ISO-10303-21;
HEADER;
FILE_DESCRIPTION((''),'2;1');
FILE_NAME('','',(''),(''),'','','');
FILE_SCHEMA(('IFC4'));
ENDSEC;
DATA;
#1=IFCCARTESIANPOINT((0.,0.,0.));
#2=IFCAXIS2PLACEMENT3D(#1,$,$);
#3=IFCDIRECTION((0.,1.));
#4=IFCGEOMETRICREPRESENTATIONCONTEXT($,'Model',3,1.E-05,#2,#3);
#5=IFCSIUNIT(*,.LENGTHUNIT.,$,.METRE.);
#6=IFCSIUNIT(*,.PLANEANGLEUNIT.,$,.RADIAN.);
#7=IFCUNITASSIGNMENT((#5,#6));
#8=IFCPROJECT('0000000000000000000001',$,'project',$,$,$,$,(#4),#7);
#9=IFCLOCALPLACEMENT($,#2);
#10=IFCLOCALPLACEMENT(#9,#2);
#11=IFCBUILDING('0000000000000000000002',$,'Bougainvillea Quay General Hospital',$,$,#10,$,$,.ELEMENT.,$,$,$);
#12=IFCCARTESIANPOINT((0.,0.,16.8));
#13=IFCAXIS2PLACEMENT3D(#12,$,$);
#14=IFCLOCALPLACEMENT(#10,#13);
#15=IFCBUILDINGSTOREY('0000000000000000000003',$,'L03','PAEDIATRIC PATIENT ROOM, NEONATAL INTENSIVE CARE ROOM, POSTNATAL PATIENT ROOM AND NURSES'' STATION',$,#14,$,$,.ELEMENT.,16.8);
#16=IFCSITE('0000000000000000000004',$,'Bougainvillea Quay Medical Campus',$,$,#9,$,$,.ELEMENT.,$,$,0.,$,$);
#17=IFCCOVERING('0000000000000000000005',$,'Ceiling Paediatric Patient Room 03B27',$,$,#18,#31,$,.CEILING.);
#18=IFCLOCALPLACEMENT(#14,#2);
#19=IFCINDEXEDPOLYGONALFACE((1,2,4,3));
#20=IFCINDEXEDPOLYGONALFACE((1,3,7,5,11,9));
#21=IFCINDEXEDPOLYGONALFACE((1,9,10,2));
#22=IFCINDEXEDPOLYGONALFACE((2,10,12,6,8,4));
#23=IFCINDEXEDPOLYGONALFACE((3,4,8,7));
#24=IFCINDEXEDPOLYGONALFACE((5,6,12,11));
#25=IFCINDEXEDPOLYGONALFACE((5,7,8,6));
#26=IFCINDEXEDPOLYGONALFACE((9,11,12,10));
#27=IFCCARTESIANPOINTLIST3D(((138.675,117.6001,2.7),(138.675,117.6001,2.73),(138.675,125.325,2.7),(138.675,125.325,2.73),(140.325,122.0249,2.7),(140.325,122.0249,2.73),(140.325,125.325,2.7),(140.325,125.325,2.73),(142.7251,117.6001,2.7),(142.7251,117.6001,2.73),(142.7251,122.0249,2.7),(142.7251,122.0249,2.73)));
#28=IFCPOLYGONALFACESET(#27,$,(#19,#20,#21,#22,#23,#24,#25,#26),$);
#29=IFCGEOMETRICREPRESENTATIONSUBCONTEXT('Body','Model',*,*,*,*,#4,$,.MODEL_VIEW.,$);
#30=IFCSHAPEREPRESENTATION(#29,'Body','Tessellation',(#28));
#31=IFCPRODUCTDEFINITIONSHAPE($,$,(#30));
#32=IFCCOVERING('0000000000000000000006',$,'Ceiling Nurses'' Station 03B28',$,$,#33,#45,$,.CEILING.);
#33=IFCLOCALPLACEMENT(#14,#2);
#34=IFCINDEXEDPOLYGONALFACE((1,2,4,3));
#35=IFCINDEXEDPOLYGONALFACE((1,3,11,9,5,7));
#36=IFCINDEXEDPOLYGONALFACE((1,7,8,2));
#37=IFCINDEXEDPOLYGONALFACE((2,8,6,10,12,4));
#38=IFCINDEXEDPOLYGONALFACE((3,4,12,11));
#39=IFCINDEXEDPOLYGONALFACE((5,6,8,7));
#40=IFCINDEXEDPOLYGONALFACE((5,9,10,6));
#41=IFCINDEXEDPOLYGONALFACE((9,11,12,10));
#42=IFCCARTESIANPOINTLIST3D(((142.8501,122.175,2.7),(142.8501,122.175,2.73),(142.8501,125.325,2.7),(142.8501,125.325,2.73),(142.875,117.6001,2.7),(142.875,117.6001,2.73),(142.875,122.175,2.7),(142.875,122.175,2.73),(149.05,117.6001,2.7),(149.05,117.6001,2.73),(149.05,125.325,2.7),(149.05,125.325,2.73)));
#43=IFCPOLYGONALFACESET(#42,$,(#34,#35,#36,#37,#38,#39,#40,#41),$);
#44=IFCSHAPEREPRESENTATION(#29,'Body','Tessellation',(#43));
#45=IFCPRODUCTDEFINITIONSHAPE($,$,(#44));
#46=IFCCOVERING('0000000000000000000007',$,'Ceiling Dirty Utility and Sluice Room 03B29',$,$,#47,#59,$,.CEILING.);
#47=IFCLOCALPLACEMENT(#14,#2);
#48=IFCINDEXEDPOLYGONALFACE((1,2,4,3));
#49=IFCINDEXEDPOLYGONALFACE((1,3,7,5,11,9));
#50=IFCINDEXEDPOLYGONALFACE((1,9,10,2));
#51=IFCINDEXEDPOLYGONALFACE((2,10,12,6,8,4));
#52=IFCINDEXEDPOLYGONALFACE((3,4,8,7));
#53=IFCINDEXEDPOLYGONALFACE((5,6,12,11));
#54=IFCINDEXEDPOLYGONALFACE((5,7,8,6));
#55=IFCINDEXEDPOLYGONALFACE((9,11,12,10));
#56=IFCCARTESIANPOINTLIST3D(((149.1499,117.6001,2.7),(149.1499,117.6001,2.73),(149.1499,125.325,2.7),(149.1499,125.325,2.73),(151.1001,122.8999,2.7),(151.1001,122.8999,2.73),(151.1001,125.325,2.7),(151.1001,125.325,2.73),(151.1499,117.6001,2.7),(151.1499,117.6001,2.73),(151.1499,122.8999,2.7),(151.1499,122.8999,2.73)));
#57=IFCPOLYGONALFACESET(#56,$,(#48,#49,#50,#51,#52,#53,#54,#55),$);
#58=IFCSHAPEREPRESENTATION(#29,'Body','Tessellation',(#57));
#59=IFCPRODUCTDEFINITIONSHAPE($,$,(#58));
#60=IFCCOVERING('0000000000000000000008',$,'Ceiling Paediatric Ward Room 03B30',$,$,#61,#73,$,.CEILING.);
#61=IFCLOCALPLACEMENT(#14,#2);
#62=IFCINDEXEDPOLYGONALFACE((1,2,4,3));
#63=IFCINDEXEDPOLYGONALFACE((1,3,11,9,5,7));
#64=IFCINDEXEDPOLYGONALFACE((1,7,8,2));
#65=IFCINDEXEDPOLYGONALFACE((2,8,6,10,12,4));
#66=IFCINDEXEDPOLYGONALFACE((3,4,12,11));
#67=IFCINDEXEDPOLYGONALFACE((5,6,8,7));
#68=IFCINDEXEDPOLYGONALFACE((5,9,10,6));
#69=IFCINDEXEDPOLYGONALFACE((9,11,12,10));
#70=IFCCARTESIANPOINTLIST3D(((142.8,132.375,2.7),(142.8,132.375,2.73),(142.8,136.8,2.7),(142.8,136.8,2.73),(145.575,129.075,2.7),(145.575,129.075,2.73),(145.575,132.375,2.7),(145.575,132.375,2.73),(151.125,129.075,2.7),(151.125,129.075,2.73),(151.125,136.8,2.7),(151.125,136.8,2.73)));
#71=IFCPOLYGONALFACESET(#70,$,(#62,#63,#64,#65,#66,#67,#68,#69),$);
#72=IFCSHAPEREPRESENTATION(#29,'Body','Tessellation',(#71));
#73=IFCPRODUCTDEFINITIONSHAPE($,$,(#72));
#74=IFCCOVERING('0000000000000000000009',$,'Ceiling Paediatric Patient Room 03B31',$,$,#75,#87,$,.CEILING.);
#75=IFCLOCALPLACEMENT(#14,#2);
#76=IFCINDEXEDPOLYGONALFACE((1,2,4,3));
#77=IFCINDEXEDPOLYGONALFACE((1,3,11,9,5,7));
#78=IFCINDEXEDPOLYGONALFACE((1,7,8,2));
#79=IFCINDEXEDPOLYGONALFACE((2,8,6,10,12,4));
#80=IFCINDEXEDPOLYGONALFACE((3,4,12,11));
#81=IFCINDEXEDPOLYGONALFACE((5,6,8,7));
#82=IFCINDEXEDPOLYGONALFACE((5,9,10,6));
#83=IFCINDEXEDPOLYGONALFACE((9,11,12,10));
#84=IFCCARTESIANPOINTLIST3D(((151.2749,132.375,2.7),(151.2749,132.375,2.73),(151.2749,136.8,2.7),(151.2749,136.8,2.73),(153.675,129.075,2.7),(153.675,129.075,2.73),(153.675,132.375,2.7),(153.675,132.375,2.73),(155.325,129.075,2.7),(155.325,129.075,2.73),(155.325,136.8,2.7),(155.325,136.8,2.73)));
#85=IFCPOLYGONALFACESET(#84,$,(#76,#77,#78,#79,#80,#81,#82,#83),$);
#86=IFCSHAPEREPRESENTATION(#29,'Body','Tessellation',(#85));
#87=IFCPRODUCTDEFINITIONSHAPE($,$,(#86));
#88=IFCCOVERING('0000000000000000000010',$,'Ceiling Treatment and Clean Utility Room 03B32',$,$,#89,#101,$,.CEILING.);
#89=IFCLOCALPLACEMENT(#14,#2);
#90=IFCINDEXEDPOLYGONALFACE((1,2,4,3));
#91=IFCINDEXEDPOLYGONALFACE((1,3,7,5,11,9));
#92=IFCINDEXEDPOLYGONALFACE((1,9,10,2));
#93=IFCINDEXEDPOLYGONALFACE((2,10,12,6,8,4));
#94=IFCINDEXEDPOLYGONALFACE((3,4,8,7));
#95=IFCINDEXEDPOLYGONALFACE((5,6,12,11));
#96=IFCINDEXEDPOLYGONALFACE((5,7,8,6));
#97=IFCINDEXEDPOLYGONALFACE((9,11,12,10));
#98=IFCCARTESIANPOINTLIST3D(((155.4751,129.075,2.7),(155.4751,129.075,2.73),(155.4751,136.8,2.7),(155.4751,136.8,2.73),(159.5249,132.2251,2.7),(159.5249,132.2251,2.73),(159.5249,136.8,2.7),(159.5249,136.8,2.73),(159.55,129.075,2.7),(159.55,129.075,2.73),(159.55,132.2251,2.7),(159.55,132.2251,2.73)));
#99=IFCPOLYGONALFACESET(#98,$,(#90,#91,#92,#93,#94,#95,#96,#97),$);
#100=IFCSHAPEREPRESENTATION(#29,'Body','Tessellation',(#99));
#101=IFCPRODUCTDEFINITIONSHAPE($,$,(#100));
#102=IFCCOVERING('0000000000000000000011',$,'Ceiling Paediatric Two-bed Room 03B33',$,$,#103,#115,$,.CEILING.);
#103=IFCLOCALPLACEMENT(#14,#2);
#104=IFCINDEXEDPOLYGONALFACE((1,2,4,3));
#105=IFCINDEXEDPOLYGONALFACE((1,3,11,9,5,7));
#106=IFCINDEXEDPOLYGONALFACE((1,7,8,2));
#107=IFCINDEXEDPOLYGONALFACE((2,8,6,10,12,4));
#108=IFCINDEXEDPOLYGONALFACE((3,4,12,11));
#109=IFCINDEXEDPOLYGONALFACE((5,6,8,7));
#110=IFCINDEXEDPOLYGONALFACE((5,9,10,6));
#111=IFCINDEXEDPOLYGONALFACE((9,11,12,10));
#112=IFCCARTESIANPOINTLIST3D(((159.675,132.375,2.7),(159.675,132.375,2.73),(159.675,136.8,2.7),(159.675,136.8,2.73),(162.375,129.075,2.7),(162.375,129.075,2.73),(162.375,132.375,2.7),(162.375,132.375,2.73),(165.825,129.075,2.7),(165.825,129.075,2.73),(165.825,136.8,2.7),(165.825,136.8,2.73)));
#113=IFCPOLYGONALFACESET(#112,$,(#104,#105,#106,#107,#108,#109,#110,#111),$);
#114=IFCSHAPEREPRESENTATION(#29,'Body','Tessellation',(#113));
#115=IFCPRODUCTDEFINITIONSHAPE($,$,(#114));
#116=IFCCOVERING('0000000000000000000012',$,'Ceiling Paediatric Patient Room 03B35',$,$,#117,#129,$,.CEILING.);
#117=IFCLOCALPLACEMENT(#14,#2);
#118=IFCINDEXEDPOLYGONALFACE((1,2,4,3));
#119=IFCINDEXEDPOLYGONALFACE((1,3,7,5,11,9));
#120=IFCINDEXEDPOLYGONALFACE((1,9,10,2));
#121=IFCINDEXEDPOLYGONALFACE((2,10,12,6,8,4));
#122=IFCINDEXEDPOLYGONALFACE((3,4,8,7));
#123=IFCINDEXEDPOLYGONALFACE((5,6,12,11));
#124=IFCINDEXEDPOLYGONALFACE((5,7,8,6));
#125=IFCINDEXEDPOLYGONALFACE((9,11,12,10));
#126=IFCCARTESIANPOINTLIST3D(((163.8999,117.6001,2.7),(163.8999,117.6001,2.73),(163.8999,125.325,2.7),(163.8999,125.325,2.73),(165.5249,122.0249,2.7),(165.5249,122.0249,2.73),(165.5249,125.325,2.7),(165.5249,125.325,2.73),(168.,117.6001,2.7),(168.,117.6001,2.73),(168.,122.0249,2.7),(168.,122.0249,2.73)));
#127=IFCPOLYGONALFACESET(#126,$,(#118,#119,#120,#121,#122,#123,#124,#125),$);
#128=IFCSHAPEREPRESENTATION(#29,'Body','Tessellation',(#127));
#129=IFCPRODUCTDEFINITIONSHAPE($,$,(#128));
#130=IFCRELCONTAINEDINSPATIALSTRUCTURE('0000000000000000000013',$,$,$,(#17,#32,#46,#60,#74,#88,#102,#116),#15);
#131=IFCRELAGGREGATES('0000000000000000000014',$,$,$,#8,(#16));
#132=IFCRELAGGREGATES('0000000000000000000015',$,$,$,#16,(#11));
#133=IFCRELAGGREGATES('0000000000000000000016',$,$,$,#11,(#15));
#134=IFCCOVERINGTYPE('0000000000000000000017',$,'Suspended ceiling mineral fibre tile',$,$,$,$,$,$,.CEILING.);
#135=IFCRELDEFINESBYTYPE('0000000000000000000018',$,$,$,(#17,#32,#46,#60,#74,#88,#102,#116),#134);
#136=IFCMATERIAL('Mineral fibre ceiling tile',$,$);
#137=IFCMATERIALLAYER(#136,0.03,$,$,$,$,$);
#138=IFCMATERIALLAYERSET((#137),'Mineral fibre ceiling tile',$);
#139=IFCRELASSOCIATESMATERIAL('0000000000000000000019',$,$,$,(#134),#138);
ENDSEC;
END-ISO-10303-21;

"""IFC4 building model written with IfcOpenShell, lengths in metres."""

from ifc_helpers import new_model, si_unit, direction, frame, origin, place, context, subcontext, project, spatial, polyline, outline, extrude, material, layer, layer_set, type_object, element, save


model = new_model("IFC4")

# Units and contexts
model_context = context("Model", 3, precision=1e-05, world=origin(), true_north=direction((0.0, 1.0)))
body_context = subcontext(model_context, "Body", "Model", "MODEL_VIEW")
ifc_project = project(units=[si_unit("LENGTHUNIT", "METRE"), si_unit("PLANEANGLEUNIT", "RADIAN")], contexts=[model_context])

# Site, building, storey
site_placement = place(None, origin())
site = spatial("IfcSite", under=ifc_project, at=site_placement, Name="Bougainvillea Quay Medical Campus", CompositionType="ELEMENT", RefElevation=0.0)
building_placement = place(site_placement, origin())
building = spatial("IfcBuilding", under=site, at=building_placement, Name="Bougainvillea Quay General Hospital", CompositionType="ELEMENT")
storey_placement = place(building_placement, frame((0.0, 0.0, 16.8)))
storey = spatial("IfcBuildingStorey", under=building, at=storey_placement, Name="L03", Description="PAEDIATRIC PATIENT ROOM, NEONATAL INTENSIVE CARE ROOM, POSTNATAL PATIENT ROOM AND NURSES' STATION", CompositionType="ELEMENT", Elevation=16.8)

# Coverings
ifc_material = material(Name="Mineral fibre ceiling tile")
ifc_layer = layer(ifc_material, 0.03)
ifc_layer_set = layer_set([ifc_layer], Name="Mineral fibre ceiling tile")
covering_type = type_object("IfcCoveringType", Name="Suspended ceiling mineral fibre tile", PredefinedType="CEILING", material=ifc_layer_set)
covering_1_placement = place(storey_placement, frame((0.0, 0.0, 2.7)))
element("IfcCovering", 1, at=covering_1_placement, inside=storey, type_object=covering_type, Name="Ceiling Paediatric Patient Room 03B27", PredefinedType="CEILING", context=body_context, shape_type="SweptSolid", body=[
    extrude(outline(polyline([(142.7251, 117.6001), (142.7251, 122.0249), (140.325, 122.0249), (140.325, 125.325), (138.675, 125.325), (138.675, 117.6001), (142.7251, 117.6001)])), origin(), (0.0, 0.0, 1.0), 0.03),
])
covering_2_placement = place(storey_placement, frame((0.0, 0.0, 2.7)))
element("IfcCovering", 2, at=covering_2_placement, inside=storey, type_object=covering_type, Name="Ceiling Nurses' Station 03B28", PredefinedType="CEILING", context=body_context, shape_type="SweptSolid", body=[
    extrude(outline(polyline([(149.05, 117.6001), (149.05, 125.325), (142.8501, 125.325), (142.8501, 122.175), (142.875, 122.175), (142.875, 117.6001), (149.05, 117.6001)])), origin(), (0.0, 0.0, 1.0), 0.03),
])
covering_3_placement = place(storey_placement, frame((0.0, 0.0, 2.7)))
element("IfcCovering", 3, at=covering_3_placement, inside=storey, type_object=covering_type, Name="Ceiling Dirty Utility and Sluice Room 03B29", PredefinedType="CEILING", context=body_context, shape_type="SweptSolid", body=[
    extrude(outline(polyline([(151.1499, 117.6001), (151.1499, 122.8999), (151.1001, 122.8999), (151.1001, 125.325), (149.1499, 125.325), (149.1499, 117.6001), (151.1499, 117.6001)])), origin(), (0.0, 0.0, 1.0), 0.03),
])
covering_4_placement = place(storey_placement, frame((0.0, 0.0, 2.7)))
element("IfcCovering", 4, at=covering_4_placement, inside=storey, type_object=covering_type, Name="Ceiling Paediatric Ward Room 03B30", PredefinedType="CEILING", context=body_context, shape_type="SweptSolid", body=[
    extrude(outline(polyline([(142.8, 136.8), (142.8, 132.375), (145.575, 132.375), (145.575, 129.075), (151.125, 129.075), (151.125, 136.8), (142.8, 136.8)])), origin(), (0.0, 0.0, 1.0), 0.03),
])
covering_5_placement = place(storey_placement, frame((0.0, 0.0, 2.7)))
element("IfcCovering", 5, at=covering_5_placement, inside=storey, type_object=covering_type, Name="Ceiling Paediatric Patient Room 03B31", PredefinedType="CEILING", context=body_context, shape_type="SweptSolid", body=[
    extrude(outline(polyline([(151.2749, 136.8), (151.2749, 132.375), (153.675, 132.375), (153.675, 129.075), (155.325, 129.075), (155.325, 136.8), (151.2749, 136.8)])), origin(), (0.0, 0.0, 1.0), 0.03),
])
covering_6_placement = place(storey_placement, frame((0.0, 0.0, 2.7)))
element("IfcCovering", 6, at=covering_6_placement, inside=storey, type_object=covering_type, Name="Ceiling Treatment and Clean Utility Room 03B32", PredefinedType="CEILING", context=body_context, shape_type="SweptSolid", body=[
    extrude(outline(polyline([(155.4751, 136.8), (155.4751, 129.075), (159.55, 129.075), (159.55, 132.2251), (159.5249, 132.2251), (159.5249, 136.8), (155.4751, 136.8)])), origin(), (0.0, 0.0, 1.0), 0.03),
])
covering_7_placement = place(storey_placement, frame((0.0, 0.0, 2.7)))
element("IfcCovering", 7, at=covering_7_placement, inside=storey, type_object=covering_type, Name="Ceiling Paediatric Two-bed Room 03B33", PredefinedType="CEILING", context=body_context, shape_type="SweptSolid", body=[
    extrude(outline(polyline([(159.675, 136.8), (159.675, 132.375), (162.375, 132.375), (162.375, 129.075), (165.825, 129.075), (165.825, 136.8), (159.675, 136.8)])), origin(), (0.0, 0.0, 1.0), 0.03),
])
covering_8_placement = place(storey_placement, frame((0.0, 0.0, 2.7)))
element("IfcCovering", 8, at=covering_8_placement, inside=storey, type_object=covering_type, Name="Ceiling Paediatric Patient Room 03B35", PredefinedType="CEILING", context=body_context, shape_type="SweptSolid", body=[
    extrude(outline(polyline([(168.0, 117.6001), (168.0, 122.0249), (165.5249, 122.0249), (165.5249, 125.325), (163.8999, 125.325), (163.8999, 117.6001), (168.0, 117.6001)])), origin(), (0.0, 0.0, 1.0), 0.03),
])

save(model, "model.ifc")
